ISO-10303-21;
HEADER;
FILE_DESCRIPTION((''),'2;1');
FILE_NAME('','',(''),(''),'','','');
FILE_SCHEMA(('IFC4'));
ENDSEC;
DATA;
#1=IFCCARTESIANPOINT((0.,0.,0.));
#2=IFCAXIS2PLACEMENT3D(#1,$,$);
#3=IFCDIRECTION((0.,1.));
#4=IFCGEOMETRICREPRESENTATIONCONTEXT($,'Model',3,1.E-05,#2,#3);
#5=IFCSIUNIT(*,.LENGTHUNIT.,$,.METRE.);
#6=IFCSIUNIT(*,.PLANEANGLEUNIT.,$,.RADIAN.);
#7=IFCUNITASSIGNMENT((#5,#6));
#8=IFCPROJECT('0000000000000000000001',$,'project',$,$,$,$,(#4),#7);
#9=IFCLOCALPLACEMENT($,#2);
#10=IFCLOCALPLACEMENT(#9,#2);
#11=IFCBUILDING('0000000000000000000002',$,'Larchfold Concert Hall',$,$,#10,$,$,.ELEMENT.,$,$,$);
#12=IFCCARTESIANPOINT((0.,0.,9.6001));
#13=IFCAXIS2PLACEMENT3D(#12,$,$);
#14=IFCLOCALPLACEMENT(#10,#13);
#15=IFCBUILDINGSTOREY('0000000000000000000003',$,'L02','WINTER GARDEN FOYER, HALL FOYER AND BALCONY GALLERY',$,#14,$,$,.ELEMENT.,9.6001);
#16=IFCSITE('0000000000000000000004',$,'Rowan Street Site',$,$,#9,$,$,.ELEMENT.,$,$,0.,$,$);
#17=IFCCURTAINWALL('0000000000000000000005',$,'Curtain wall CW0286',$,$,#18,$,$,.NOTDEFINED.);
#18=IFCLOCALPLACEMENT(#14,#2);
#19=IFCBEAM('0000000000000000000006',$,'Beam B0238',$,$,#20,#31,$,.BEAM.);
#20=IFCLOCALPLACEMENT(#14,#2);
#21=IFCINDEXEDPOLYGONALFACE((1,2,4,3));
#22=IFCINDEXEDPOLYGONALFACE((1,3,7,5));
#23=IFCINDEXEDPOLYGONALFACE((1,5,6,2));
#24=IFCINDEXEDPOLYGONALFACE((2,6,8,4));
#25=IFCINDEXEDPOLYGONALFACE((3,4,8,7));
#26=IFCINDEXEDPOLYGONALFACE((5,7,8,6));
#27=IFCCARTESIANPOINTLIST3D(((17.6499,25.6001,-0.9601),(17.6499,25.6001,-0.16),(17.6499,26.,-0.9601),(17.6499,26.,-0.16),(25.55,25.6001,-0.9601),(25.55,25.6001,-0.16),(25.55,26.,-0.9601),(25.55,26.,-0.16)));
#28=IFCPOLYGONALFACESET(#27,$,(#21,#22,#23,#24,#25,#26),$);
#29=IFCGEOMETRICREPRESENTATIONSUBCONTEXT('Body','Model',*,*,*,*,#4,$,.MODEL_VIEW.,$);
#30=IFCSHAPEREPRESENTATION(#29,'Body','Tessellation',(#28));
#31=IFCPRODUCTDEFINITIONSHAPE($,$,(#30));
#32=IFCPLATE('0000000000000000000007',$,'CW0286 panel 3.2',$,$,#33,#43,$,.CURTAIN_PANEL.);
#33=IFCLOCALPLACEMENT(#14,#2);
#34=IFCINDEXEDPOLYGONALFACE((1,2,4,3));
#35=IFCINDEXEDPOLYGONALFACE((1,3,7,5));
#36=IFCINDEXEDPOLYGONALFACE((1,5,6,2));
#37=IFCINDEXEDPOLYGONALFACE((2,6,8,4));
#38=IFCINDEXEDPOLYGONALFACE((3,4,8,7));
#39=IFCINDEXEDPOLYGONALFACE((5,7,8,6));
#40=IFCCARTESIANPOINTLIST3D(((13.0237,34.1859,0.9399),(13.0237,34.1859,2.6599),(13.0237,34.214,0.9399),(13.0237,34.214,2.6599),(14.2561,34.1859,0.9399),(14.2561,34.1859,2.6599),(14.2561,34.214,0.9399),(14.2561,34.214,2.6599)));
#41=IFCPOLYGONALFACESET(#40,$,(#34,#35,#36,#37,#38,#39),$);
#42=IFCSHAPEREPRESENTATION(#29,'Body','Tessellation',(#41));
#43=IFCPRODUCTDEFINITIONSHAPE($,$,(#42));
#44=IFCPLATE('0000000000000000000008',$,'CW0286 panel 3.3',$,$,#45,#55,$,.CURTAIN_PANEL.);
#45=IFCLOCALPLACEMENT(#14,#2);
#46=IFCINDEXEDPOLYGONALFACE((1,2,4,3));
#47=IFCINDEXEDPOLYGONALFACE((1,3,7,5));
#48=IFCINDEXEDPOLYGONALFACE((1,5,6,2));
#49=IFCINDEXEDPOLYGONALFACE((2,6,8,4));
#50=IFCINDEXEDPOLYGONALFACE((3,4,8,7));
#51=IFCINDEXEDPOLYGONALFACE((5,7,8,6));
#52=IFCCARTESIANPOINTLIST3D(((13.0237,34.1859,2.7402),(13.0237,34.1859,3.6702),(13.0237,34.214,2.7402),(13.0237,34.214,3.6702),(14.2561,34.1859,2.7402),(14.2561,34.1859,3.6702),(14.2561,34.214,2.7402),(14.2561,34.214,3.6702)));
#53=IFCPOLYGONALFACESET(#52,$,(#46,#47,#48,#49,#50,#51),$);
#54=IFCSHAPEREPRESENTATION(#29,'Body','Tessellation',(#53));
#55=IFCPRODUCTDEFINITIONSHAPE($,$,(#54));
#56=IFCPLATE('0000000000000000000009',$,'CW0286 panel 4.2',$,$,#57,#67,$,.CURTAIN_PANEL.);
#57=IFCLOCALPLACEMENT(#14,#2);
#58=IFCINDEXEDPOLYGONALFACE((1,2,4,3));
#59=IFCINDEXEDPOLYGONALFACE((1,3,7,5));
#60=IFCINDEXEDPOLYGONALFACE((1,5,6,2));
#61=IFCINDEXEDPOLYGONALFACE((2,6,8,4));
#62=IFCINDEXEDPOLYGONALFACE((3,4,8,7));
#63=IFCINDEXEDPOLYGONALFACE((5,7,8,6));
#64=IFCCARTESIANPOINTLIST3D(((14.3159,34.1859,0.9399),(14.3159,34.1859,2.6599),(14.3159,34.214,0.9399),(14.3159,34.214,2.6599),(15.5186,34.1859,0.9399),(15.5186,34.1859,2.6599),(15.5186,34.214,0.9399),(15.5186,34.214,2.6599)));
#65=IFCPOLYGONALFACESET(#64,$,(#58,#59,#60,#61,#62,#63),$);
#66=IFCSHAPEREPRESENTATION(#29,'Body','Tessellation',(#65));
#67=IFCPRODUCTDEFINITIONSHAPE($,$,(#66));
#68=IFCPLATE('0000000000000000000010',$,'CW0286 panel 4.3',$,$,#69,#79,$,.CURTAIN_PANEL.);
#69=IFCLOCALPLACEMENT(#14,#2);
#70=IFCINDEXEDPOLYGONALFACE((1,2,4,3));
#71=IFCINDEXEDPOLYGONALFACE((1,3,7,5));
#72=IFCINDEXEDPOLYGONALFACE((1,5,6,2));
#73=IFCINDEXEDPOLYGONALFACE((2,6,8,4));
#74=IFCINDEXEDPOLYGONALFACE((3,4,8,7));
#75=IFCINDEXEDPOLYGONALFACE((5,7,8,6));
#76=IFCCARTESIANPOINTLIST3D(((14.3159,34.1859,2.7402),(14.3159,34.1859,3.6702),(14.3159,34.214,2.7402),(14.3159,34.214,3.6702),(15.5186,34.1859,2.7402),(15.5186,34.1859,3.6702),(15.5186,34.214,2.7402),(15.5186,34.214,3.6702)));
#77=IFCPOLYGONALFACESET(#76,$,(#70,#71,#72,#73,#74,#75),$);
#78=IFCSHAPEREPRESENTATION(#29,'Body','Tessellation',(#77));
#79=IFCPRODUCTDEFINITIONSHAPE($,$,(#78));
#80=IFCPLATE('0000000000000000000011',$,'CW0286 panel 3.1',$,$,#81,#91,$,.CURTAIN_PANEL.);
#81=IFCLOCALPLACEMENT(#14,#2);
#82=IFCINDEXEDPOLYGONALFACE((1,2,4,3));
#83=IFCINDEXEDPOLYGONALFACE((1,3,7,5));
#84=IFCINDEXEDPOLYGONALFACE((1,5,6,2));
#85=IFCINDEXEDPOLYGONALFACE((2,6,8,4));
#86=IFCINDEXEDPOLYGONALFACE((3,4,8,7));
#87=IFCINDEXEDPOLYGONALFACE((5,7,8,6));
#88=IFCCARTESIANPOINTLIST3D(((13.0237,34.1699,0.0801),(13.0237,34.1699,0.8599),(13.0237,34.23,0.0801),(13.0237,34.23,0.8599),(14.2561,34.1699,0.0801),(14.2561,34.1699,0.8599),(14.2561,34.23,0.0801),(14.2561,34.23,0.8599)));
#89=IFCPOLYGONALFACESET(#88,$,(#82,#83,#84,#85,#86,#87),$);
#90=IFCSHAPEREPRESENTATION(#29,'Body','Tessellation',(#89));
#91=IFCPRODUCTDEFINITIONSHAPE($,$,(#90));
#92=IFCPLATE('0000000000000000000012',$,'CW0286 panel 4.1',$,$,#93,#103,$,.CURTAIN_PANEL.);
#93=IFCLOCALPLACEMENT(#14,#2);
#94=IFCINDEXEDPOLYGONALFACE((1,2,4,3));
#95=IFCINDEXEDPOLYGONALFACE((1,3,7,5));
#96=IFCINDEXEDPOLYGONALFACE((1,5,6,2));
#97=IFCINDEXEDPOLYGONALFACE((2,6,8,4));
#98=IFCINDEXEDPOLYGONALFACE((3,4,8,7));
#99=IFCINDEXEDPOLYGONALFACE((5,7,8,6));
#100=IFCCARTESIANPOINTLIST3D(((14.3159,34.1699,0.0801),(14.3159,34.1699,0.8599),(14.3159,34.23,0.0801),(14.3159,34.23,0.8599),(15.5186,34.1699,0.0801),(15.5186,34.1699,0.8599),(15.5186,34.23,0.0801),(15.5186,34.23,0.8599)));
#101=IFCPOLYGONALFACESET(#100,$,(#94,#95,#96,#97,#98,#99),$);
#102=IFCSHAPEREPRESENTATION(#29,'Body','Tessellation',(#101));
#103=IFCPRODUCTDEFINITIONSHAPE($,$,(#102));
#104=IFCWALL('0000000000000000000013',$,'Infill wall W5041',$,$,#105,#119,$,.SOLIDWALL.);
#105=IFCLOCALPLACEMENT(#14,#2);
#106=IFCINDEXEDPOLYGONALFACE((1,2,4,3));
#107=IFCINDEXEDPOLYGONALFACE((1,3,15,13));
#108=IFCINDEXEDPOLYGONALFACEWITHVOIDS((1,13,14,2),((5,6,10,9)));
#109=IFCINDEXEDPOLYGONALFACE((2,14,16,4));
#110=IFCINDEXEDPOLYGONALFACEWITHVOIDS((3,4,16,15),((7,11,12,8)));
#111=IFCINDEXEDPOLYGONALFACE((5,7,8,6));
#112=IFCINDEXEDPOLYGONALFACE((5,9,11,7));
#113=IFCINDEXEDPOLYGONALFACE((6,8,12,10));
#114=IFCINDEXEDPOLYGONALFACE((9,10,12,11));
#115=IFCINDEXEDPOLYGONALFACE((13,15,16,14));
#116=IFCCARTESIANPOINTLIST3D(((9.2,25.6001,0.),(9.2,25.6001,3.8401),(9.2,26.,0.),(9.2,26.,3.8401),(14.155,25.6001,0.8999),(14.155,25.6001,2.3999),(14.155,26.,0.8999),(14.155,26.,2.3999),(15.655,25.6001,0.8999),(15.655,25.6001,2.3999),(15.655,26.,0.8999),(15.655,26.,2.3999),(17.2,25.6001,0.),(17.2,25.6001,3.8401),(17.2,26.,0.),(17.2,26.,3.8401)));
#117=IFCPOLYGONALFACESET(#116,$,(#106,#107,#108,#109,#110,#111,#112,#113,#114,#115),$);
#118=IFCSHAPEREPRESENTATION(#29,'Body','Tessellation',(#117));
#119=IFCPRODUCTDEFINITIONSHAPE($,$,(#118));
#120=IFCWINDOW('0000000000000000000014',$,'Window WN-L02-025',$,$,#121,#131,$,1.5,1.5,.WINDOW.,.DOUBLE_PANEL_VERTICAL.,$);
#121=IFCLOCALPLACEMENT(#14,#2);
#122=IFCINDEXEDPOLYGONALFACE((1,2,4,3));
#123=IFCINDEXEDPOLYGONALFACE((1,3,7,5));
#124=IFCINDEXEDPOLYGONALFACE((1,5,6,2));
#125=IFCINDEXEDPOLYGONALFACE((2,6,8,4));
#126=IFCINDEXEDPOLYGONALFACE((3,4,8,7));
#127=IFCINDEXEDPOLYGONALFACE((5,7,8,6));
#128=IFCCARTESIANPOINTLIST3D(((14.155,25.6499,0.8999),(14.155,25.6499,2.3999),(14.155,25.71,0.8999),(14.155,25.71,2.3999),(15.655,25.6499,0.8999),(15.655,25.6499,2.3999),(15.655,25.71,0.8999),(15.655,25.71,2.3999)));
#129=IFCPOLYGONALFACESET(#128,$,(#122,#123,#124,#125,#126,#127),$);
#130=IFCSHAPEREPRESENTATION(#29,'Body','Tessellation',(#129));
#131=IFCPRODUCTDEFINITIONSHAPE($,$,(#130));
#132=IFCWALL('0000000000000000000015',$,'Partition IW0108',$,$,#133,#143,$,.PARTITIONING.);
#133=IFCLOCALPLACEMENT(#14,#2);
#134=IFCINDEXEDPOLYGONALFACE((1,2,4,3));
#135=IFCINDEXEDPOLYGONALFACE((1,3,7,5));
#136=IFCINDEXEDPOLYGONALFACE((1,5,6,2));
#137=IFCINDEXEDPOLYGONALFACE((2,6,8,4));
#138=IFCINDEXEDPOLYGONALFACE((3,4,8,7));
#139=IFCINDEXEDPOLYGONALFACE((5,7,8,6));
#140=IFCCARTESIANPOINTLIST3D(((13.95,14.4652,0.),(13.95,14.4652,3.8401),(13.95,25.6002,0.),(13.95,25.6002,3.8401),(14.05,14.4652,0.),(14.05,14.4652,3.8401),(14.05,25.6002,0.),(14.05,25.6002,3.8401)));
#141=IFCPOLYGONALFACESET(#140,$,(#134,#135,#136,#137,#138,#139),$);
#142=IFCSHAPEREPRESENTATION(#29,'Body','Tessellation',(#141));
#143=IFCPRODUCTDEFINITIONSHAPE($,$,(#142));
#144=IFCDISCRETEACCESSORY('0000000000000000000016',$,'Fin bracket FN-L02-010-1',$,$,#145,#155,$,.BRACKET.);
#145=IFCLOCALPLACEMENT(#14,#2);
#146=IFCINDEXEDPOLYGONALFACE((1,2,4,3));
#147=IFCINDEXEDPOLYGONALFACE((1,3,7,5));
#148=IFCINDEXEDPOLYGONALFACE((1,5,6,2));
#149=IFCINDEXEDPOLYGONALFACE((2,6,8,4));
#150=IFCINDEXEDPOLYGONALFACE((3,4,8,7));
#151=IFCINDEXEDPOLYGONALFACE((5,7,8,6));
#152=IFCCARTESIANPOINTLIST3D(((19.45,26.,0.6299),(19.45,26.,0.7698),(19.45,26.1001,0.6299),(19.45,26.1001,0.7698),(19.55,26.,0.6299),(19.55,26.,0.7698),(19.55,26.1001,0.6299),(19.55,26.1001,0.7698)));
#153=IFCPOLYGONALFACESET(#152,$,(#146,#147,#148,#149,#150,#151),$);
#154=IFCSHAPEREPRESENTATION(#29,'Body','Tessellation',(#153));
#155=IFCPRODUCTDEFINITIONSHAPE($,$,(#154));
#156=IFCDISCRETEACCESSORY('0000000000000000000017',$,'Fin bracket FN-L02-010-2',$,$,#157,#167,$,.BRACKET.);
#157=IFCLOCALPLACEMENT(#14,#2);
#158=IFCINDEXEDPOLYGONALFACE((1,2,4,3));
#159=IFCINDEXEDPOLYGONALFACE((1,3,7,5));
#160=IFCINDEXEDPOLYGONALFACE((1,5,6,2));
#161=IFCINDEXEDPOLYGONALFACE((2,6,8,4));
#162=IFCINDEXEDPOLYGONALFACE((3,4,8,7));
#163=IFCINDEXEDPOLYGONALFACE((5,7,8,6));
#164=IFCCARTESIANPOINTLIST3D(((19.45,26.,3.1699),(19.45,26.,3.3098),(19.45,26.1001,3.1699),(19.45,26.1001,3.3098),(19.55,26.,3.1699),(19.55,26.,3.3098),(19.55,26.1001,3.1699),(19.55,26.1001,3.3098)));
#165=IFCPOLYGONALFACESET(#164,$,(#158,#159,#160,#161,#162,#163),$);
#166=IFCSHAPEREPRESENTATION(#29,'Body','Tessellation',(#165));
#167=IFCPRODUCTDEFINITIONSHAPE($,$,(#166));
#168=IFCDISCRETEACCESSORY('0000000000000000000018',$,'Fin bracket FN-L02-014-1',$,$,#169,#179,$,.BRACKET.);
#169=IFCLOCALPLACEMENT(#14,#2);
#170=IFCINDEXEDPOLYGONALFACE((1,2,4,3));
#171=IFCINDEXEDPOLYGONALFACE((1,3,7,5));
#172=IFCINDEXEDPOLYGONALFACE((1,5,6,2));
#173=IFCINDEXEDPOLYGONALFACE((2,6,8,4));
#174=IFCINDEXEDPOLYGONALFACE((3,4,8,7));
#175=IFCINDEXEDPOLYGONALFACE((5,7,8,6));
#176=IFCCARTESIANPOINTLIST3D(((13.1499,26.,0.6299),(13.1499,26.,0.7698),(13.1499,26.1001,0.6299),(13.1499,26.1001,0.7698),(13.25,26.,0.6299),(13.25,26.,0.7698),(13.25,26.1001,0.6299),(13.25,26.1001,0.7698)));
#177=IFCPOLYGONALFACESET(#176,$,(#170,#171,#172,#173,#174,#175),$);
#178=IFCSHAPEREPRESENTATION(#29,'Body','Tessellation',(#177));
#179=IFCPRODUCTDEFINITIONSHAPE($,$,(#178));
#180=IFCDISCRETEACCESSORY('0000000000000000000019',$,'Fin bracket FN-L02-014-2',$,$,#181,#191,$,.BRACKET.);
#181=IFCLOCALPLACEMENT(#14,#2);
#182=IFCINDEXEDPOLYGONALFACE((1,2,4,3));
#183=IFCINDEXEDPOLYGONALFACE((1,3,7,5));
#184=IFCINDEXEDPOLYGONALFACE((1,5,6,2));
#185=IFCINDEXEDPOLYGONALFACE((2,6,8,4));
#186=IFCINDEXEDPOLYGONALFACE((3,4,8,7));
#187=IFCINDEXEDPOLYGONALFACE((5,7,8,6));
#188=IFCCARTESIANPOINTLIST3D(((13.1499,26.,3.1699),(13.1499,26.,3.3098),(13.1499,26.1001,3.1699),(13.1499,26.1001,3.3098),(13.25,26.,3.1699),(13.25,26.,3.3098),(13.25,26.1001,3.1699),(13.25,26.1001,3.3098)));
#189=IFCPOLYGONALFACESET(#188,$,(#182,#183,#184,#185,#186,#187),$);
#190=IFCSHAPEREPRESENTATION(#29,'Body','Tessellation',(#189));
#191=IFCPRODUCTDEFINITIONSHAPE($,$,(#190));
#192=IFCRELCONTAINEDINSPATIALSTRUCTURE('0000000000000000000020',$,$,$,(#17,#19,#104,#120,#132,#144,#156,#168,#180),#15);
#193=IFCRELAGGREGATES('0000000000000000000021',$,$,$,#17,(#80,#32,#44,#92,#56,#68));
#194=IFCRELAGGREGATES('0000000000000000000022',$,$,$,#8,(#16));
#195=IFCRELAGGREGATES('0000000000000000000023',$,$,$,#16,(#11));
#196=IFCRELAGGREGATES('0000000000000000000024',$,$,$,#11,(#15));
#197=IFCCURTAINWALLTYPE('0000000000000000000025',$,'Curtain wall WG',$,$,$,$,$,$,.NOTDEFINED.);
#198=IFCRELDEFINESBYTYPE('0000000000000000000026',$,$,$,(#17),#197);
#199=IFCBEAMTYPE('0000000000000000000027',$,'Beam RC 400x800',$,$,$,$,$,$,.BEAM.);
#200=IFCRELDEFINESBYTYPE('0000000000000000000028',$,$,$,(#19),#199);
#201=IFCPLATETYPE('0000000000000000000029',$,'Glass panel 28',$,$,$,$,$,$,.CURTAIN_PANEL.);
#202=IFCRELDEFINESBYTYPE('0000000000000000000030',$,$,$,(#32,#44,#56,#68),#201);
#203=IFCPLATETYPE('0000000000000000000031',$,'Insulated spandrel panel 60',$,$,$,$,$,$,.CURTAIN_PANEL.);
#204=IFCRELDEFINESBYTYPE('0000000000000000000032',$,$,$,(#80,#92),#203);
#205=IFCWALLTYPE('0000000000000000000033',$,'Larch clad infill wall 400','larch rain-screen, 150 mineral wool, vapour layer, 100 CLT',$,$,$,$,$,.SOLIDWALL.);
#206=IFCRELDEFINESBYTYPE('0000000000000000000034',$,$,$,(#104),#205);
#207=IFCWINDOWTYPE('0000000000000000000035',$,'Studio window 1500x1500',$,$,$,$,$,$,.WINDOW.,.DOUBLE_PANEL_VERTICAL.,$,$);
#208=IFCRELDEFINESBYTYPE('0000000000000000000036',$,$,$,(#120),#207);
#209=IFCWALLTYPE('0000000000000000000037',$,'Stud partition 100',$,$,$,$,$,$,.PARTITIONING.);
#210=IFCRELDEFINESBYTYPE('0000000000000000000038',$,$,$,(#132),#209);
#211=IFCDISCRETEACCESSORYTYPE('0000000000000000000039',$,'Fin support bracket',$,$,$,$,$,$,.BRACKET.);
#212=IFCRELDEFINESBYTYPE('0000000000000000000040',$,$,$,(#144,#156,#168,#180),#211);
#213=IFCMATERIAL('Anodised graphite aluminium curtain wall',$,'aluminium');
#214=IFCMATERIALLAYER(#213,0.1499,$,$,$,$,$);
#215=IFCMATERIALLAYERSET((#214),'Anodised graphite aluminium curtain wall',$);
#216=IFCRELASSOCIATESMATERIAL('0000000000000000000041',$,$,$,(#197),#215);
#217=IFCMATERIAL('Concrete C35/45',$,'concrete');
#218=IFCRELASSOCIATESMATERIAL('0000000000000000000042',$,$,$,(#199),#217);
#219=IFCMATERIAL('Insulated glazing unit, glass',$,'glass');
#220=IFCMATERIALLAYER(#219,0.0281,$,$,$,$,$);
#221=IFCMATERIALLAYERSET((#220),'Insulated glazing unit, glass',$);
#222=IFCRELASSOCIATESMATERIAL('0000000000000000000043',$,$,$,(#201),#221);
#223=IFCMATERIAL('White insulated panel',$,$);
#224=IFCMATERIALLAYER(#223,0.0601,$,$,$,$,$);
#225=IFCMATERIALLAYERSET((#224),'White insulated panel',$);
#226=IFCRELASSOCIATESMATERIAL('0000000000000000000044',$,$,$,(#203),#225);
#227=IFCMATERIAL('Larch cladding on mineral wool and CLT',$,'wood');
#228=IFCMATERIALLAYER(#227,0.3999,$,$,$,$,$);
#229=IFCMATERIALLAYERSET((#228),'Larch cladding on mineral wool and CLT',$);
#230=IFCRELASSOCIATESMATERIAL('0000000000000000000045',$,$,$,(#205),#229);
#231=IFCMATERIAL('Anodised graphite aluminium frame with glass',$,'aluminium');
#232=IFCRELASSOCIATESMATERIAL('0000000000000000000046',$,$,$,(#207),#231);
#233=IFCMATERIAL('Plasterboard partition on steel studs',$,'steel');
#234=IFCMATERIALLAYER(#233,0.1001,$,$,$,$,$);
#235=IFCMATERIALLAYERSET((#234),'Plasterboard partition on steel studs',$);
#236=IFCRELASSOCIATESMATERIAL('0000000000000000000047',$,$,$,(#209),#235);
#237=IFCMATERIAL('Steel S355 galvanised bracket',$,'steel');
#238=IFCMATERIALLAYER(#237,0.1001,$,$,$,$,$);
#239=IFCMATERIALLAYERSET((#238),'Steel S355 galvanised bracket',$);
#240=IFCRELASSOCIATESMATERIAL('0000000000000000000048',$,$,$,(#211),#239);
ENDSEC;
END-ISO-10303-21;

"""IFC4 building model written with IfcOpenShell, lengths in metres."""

from ifc_helpers import new_model, si_unit, direction, frame, frame_2d, origin, origin_2d, place, context, subcontext, project, spatial, rectangle, extrude, material, layer, layer_set, material_profile, profile_set, type_object, element, fill, aggregate, save


model = new_model("IFC4")

# Units and contexts
model_context = context("Model", 3, precision=1e-05, world=origin(), true_north=direction((0.0, 1.0)))
body_context = subcontext(model_context, "Body", "Model", "MODEL_VIEW")
ifc_project = project(units=[si_unit("LENGTHUNIT", "METRE"), si_unit("PLANEANGLEUNIT", "RADIAN")], contexts=[model_context])

# Site, building, storey
site_placement = place(None, origin())
site = spatial("IfcSite", under=ifc_project, at=site_placement, Name="Rowan Street Site", CompositionType="ELEMENT", RefElevation=0.0)
building_placement = place(site_placement, origin())
building = spatial("IfcBuilding", under=site, at=building_placement, Name="Larchfold Concert Hall", CompositionType="ELEMENT")
storey_placement = place(building_placement, frame((0.0, 0.0, 9.6001)))
storey = spatial("IfcBuildingStorey", under=building, at=storey_placement, Name="L02", Description="WINTER GARDEN FOYER, HALL FOYER AND BALCONY GALLERY", CompositionType="ELEMENT", Elevation=9.6001)

# Curtain wall
ifc_material_1 = material(Name="Anodised graphite aluminium curtain wall", Category="aluminium")
ifc_layer_1 = layer(ifc_material_1, 0.1499)
ifc_layer_set_1 = layer_set([ifc_layer_1], Name="Anodised graphite aluminium curtain wall")
curtain_wall_type = type_object("IfcCurtainWallType", Name="Curtain wall WG", PredefinedType="NOTDEFINED", material=ifc_layer_set_1)
curtain_wall_placement = place(storey_placement, origin())
curtain_wall = element("IfcCurtainWall", 1, at=curtain_wall_placement, inside=storey, type_object=curtain_wall_type, Name="Curtain wall CW0286", PredefinedType="NOTDEFINED")

# Beam
ifc_material_2 = material(Name="Concrete C35/45", Category="concrete")
ifc_material_profile_1 = material_profile(ifc_material_2, rectangle(XDim=0.3999, YDim=0.8, at=origin_2d()))
ifc_profile_set_1 = profile_set([ifc_material_profile_1], Name="Concrete C35/45")
beam_type_1 = type_object("IfcBeamType", Name="Beam RC 400x800", PredefinedType="BEAM", material=ifc_profile_set_1)
beam_placement = place(storey_placement, frame((17.6499, 25.8, -0.5601), z_axis=(1.0, 0.0, 0.0), x_axis=(0.0, 1.0, 0.0)))
element("IfcBeam", 2, at=beam_placement, inside=storey, type_object=beam_type_1, Name="Beam B0238", PredefinedType="BEAM", context=body_context, shape_type="SweptSolid", body=[
    extrude(rectangle(XDim=0.3999, YDim=0.8, at=origin_2d()), origin(), (0.0, 0.0, 1.0), 7.9001),
])

# Plates
ifc_material_3 = material(Name="Insulated glazing unit, glass", Category="glass")
ifc_layer_2 = layer(ifc_material_3, 0.0281)
ifc_layer_set_2 = layer_set([ifc_layer_2], Name="Insulated glazing unit, glass")
plate_type_1 = type_object("IfcPlateType", Name="Glass panel 28", PredefinedType="CURTAIN_PANEL", material=ifc_layer_set_2)
plate_1_placement = place(storey_placement, frame((13.6399, 34.2, 0.9399), z_axis=(0.0, 0.0, 1.0), x_axis=(1.0, 0.0, 0.0)))
plate_1 = element("IfcPlate", 3, at=plate_1_placement, type_object=plate_type_1, Name="CW0286 panel 3.2", PredefinedType="CURTAIN_PANEL", context=body_context, shape_type="SweptSolid", body=[
    extrude(rectangle(XDim=1.2324, YDim=0.0281, at=origin_2d()), origin(), (0.0, 0.0, 1.0), 1.72),
])
plate_2_placement = place(storey_placement, frame((13.6399, 34.2, 2.7402), z_axis=(0.0, 0.0, 1.0), x_axis=(1.0, 0.0, 0.0)))
plate_2 = element("IfcPlate", 4, at=plate_2_placement, type_object=plate_type_1, Name="CW0286 panel 3.3", PredefinedType="CURTAIN_PANEL", context=body_context, shape_type="SweptSolid", body=[
    extrude(rectangle(XDim=1.2324, YDim=0.0281, at=origin_2d()), origin(), (0.0, 0.0, 1.0), 0.9299),
])
plate_3_placement = place(storey_placement, frame((14.9172, 34.2, 0.9399), z_axis=(0.0, 0.0, 1.0), x_axis=(1.0, 0.0, 0.0)))
plate_3 = element("IfcPlate", 5, at=plate_3_placement, type_object=plate_type_1, Name="CW0286 panel 4.2", PredefinedType="CURTAIN_PANEL", context=body_context, shape_type="SweptSolid", body=[
    extrude(rectangle(XDim=1.2026, YDim=0.0281, at=origin_2d()), origin(), (0.0, 0.0, 1.0), 1.72),
])
plate_4_placement = place(storey_placement, frame((14.9172, 34.2, 2.7402), z_axis=(0.0, 0.0, 1.0), x_axis=(1.0, 0.0, 0.0)))
plate_4 = element("IfcPlate", 6, at=plate_4_placement, type_object=plate_type_1, Name="CW0286 panel 4.3", PredefinedType="CURTAIN_PANEL", context=body_context, shape_type="SweptSolid", body=[
    extrude(rectangle(XDim=1.2026, YDim=0.0281, at=origin_2d()), origin(), (0.0, 0.0, 1.0), 0.9299),
])
ifc_material_4 = material(Name="White insulated panel")
ifc_layer_3 = layer(ifc_material_4, 0.0601)
ifc_layer_set_3 = layer_set([ifc_layer_3], Name="White insulated panel")
plate_type_2 = type_object("IfcPlateType", Name="Insulated spandrel panel 60", PredefinedType="CURTAIN_PANEL", material=ifc_layer_set_3)
plate_5_placement = place(storey_placement, frame((13.6399, 34.2, 0.0801), z_axis=(0.0, 0.0, 1.0), x_axis=(1.0, 0.0, 0.0)))
plate_5 = element("IfcPlate", 7, at=plate_5_placement, type_object=plate_type_2, Name="CW0286 panel 3.1", PredefinedType="CURTAIN_PANEL", context=body_context, shape_type="SweptSolid", body=[
    extrude(rectangle(XDim=1.2324, YDim=0.0601, at=origin_2d()), origin(), (0.0, 0.0, 1.0), 0.7798),
])
plate_6_placement = place(storey_placement, frame((14.9172, 34.2, 0.0801), z_axis=(0.0, 0.0, 1.0), x_axis=(1.0, 0.0, 0.0)))
plate_6 = element("IfcPlate", 8, at=plate_6_placement, type_object=plate_type_2, Name="CW0286 panel 4.1", PredefinedType="CURTAIN_PANEL", context=body_context, shape_type="SweptSolid", body=[
    extrude(rectangle(XDim=1.2026, YDim=0.0601, at=origin_2d()), origin(), (0.0, 0.0, 1.0), 0.7798),
])
aggregate(curtain_wall, [plate_5, plate_1, plate_2, plate_6, plate_3, plate_4])

# Wall, opening, window
ifc_material_5 = material(Name="Larch cladding on mineral wool and CLT", Category="wood")
ifc_layer_4 = layer(ifc_material_5, 0.3999)
ifc_layer_set_4 = layer_set([ifc_layer_4], Name="Larch cladding on mineral wool and CLT")
wall_type_1 = type_object("IfcWallType", Name="Larch clad infill wall 400", Description="larch rain-screen, 150 mineral wool, vapour layer, 100 CLT", PredefinedType="SOLIDWALL", material=ifc_layer_set_4)
wall_1_placement = place(storey_placement, frame((17.2, 25.8, 0.0), z_axis=(0.0, 0.0, 1.0), x_axis=(-1.0, 0.0, 0.0)))
wall_1 = element("IfcWall", 9, at=wall_1_placement, inside=storey, type_object=wall_type_1, Name="Infill wall W5041", PredefinedType="SOLIDWALL", context=body_context, shape_type="SweptSolid", body=[
    extrude(rectangle(XDim=8.0, YDim=0.3999, at=frame_2d((4.0, 0.0))), origin(), (0.0, 0.0, 1.0), 3.8401),
])
opening_placement = place(wall_1_placement, frame((1.5449, 0.0, 0.8999)))
opening = element("IfcOpeningElement", 10, at=opening_placement, cuts=wall_1, PredefinedType="OPENING", context=body_context, shape_type="SweptSolid", body=[
    extrude(rectangle(XDim=1.5, YDim=1.5, at=frame_2d((0.75, 0.75))), frame((0.0, 0.21, 0.0), z_axis=(0.0, -1.0, 0.0), x_axis=(1.0, 0.0, 0.0)), (0.0, 0.0, 1.0), 0.4199),
])
ifc_material_6 = material(Name="Anodised graphite aluminium frame with glass", Category="aluminium")
window_type = type_object("IfcWindowType", Name="Studio window 1500x1500", PartitioningType="DOUBLE_PANEL_VERTICAL", PredefinedType="WINDOW", material=ifc_material_6)
window_placement = place(opening_placement, origin())
window = element("IfcWindow", 11, at=window_placement, inside=storey, type_object=window_type, Name="Window WN-L02-025", OverallHeight=1.5, OverallWidth=1.5, PartitioningType="DOUBLE_PANEL_VERTICAL", PredefinedType="WINDOW", context=body_context, shape_type="SweptSolid", body=[
    extrude(rectangle(XDim=1.5, YDim=1.5, at=frame_2d((0.75, 0.75))), frame((0.0, 0.1501, 0.0), z_axis=(0.0, -1.0, 0.0), x_axis=(1.0, 0.0, 0.0)), (0.0, 0.0, 1.0), 0.0601),
])
fill(opening, window)

# Wall
ifc_material_7 = material(Name="Plasterboard partition on steel studs", Category="steel")
ifc_layer_5 = layer(ifc_material_7, 0.1001)
ifc_layer_set_5 = layer_set([ifc_layer_5], Name="Plasterboard partition on steel studs")
wall_type_2 = type_object("IfcWallType", Name="Stud partition 100", PredefinedType="PARTITIONING", material=ifc_layer_set_5)
wall_2_placement = place(storey_placement, frame((14.0, 25.6001, 0.0), z_axis=(0.0, 0.0, 1.0), x_axis=(0.0, -1.0, 0.0)))
element("IfcWall", 12, at=wall_2_placement, inside=storey, type_object=wall_type_2, Name="Partition IW0108", PredefinedType="PARTITIONING", context=body_context, shape_type="SweptSolid", body=[
    extrude(rectangle(XDim=11.135, YDim=0.1001, at=frame_2d((5.5674, 0.0))), origin(), (0.0, 0.0, 1.0), 3.8401),
])

# Discrete accessories
ifc_material_8 = material(Name="Steel S355 galvanised bracket", Category="steel")
ifc_layer_6 = layer(ifc_material_8, 0.1001)
ifc_layer_set_6 = layer_set([ifc_layer_6], Name="Steel S355 galvanised bracket")
discrete_accessory_type = type_object("IfcDiscreteAccessoryType", Name="Fin support bracket", PredefinedType="BRACKET", material=ifc_layer_set_6)
for number, where, z_axis, x_axis, name in (
    (13, (19.5, 26.05, 0.6299), (0.0, 0.0, 1.0), (0.0, 1.0, 0.0), "Fin bracket FN-L02-010-1"),
    (14, (19.5, 26.05, 3.1699), (0.0, 0.0, 1.0), (0.0, 1.0, 0.0), "Fin bracket FN-L02-010-2"),
    (15, (13.2, 26.05, 0.6299), (0.0, 0.0, 1.0), (0.0, 1.0, 0.0), "Fin bracket FN-L02-014-1"),
    (16, (13.2, 26.05, 3.1699), (0.0, 0.0, 1.0), (0.0, 1.0, 0.0), "Fin bracket FN-L02-014-2"),
):
    element("IfcDiscreteAccessory", number, at=place(storey_placement, frame(where, z_axis=z_axis, x_axis=x_axis)), inside=storey, type_object=discrete_accessory_type, Name=name, PredefinedType="BRACKET", context=body_context, shape_type="SweptSolid", body=[
        extrude(rectangle(XDim=0.1001, YDim=0.1001, at=origin_2d()), origin(), (0.0, 0.0, 1.0), 0.1399),
    ])

save(model, "model.ifc")
